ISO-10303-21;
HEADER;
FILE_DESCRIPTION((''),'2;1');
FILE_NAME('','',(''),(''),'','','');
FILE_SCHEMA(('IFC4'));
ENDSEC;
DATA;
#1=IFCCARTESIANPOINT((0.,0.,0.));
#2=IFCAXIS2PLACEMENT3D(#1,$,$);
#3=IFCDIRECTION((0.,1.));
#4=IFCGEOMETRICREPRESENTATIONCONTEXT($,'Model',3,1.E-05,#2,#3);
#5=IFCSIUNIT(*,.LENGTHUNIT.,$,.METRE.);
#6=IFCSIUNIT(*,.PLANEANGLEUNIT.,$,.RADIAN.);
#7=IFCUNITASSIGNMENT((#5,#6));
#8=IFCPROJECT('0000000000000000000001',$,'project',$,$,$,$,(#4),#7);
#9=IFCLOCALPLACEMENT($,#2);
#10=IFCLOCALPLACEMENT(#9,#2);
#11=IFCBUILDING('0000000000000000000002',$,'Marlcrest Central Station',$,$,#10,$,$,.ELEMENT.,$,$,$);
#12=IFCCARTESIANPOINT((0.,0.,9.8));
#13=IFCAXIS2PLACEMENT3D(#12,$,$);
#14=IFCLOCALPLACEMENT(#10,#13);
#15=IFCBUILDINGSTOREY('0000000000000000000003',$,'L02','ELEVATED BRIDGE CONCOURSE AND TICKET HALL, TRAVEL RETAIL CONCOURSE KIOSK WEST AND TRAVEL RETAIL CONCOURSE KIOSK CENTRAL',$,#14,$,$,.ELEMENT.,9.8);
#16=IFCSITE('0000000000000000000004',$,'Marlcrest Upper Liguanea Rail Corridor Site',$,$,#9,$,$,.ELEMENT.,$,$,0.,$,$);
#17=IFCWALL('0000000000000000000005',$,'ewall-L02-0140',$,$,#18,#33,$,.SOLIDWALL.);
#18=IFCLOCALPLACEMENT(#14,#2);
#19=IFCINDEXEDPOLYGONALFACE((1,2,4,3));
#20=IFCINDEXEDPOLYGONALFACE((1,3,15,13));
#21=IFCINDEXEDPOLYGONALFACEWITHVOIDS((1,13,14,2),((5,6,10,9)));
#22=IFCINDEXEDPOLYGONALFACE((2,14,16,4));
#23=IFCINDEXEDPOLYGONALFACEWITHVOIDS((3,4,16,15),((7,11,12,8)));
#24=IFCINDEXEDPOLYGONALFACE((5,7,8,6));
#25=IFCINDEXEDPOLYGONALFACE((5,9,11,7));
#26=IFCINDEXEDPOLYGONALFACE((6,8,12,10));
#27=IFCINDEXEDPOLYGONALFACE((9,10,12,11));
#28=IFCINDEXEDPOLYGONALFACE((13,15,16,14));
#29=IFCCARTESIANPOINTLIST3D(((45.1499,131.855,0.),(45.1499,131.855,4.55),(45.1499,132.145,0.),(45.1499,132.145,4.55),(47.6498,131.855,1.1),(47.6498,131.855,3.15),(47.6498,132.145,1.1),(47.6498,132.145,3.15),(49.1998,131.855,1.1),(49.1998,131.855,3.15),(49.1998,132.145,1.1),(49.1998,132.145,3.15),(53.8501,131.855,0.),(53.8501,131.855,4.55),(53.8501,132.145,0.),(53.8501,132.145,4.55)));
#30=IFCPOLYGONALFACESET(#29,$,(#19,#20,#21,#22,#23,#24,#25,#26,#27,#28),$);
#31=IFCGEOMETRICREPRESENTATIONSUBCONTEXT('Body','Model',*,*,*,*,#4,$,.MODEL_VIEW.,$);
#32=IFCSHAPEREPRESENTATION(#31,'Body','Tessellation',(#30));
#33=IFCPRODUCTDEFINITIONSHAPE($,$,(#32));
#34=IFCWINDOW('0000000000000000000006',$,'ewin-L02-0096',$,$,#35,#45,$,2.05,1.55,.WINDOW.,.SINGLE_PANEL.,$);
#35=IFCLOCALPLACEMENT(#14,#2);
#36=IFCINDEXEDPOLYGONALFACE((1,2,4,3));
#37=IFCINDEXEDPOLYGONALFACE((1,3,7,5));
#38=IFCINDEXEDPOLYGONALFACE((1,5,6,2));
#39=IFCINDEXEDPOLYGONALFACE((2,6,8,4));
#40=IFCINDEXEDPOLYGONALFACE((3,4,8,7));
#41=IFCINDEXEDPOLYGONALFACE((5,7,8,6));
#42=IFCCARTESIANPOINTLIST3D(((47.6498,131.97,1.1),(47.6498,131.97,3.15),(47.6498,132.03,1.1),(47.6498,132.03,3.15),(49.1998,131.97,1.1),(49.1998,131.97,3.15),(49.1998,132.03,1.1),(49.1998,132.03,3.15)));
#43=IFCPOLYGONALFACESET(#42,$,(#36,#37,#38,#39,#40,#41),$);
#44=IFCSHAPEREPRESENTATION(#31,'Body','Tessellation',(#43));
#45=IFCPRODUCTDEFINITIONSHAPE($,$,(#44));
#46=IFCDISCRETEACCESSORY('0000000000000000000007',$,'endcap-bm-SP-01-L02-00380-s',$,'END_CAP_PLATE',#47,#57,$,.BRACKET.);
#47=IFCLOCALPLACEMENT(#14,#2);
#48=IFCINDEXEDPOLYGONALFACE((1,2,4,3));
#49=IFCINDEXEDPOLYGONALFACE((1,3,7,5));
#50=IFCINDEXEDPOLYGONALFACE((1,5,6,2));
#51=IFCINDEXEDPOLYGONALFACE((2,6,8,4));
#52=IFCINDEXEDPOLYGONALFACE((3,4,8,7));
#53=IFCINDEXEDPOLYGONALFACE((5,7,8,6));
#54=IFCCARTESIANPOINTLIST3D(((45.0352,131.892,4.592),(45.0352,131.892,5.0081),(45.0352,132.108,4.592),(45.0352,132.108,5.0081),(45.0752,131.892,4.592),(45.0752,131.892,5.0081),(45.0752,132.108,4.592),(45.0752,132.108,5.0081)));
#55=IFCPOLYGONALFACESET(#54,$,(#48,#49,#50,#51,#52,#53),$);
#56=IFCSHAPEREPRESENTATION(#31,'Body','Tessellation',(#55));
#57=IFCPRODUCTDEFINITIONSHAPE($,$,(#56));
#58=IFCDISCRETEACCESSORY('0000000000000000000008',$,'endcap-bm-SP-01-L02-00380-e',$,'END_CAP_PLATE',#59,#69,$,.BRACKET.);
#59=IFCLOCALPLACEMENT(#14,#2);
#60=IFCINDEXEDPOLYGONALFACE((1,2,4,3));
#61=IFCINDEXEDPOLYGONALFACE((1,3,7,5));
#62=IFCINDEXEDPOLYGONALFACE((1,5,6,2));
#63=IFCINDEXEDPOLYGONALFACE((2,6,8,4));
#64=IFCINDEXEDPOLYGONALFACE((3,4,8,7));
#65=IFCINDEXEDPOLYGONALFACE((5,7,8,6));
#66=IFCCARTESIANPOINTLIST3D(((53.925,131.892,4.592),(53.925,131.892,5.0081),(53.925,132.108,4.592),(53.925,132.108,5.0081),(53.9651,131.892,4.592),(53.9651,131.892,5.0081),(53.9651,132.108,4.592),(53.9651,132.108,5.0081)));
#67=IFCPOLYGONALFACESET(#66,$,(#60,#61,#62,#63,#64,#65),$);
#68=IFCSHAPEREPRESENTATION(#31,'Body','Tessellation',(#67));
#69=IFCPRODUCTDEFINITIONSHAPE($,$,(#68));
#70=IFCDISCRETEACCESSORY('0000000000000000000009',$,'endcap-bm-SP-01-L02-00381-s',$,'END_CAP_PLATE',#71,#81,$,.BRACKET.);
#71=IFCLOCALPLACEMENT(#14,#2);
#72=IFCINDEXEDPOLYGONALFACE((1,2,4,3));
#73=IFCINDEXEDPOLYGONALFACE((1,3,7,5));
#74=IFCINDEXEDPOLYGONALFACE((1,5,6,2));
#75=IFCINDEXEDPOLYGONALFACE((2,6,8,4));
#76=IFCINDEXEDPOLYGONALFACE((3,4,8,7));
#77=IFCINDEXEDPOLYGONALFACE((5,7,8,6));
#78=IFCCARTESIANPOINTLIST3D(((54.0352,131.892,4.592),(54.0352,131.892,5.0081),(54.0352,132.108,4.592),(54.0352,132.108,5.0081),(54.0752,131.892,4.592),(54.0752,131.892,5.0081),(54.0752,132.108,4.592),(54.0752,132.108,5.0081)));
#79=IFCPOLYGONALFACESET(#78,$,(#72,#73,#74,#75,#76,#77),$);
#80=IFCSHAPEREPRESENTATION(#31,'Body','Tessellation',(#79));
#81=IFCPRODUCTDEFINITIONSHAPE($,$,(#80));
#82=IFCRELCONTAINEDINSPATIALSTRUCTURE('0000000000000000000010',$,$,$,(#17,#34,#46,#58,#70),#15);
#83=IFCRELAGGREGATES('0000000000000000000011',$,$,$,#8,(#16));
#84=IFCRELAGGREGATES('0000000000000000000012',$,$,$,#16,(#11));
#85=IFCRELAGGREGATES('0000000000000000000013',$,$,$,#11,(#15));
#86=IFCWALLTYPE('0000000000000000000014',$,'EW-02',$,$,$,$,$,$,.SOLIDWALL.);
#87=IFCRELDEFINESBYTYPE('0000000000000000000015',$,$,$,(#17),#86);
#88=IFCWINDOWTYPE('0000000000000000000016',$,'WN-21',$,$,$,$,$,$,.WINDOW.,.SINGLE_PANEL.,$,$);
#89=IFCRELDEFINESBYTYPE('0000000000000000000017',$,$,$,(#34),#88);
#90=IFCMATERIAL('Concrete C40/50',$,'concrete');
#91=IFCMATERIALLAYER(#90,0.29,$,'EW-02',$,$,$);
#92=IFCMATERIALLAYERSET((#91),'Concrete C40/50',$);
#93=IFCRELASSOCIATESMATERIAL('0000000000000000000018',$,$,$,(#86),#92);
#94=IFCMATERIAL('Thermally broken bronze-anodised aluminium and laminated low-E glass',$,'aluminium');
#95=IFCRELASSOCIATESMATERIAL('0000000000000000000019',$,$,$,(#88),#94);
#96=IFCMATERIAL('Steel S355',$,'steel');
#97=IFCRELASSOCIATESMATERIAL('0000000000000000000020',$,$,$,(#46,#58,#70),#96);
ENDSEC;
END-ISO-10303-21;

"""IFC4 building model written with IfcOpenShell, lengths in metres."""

from ifc_helpers import new_model, si_unit, direction, frame, frame_2d, origin, origin_2d, place, context, subcontext, project, spatial, rectangle, extrude, material, layer, layer_set, type_object, element, fill, save


model = new_model("IFC4")

# Units and contexts
model_context = context("Model", 3, precision=1e-05, world=origin(), true_north=direction((0.0, 1.0)))
body_context = subcontext(model_context, "Body", "Model", "MODEL_VIEW")
ifc_project = project(units=[si_unit("LENGTHUNIT", "METRE"), si_unit("PLANEANGLEUNIT", "RADIAN")], contexts=[model_context])

# Site, building, storey
site_placement = place(None, origin())
site = spatial("IfcSite", under=ifc_project, at=site_placement, Name="Marlcrest Upper Liguanea Rail Corridor Site", CompositionType="ELEMENT", RefElevation=0.0)
building_placement = place(site_placement, origin())
building = spatial("IfcBuilding", under=site, at=building_placement, Name="Marlcrest Central Station", CompositionType="ELEMENT")
storey_placement = place(building_placement, frame((0.0, 0.0, 9.8)))
storey = spatial("IfcBuildingStorey", under=building, at=storey_placement, Name="L02", Description="ELEVATED BRIDGE CONCOURSE AND TICKET HALL, TRAVEL RETAIL CONCOURSE KIOSK WEST AND TRAVEL RETAIL CONCOURSE KIOSK CENTRAL", CompositionType="ELEMENT", Elevation=9.8)

# Shared definitions
ifc_material_1 = material(Name="Steel S355", Category="steel")

# Wall, opening, window
ifc_material_2 = material(Name="Concrete C40/50", Category="concrete")
ifc_layer_1 = layer(ifc_material_2, 0.29, Name="EW-02")
ifc_layer_set_1 = layer_set([ifc_layer_1], Name="Concrete C40/50")
wall_type = type_object("IfcWallType", Name="EW-02", PredefinedType="SOLIDWALL", material=ifc_layer_set_1)
wall_placement = place(storey_placement, frame((45.1499, 132.0, 0.0), z_axis=(0.0, 0.0, 1.0), x_axis=(1.0, 0.0, 0.0)))
wall = element("IfcWall", 1, at=wall_placement, inside=storey, type_object=wall_type, Name="ewall-L02-0140", PredefinedType="SOLIDWALL", context=body_context, shape_type="SweptSolid", body=[
    extrude(rectangle(XDim=8.7002, YDim=0.29, at=frame_2d((4.3501, 0.0))), origin(), (0.0, 0.0, 1.0), 4.55),
])
opening_placement = place(wall_placement, frame((2.5, 0.0, 1.1001)))
opening = element("IfcOpeningElement", 2, at=opening_placement, cuts=wall, PredefinedType="OPENING", context=body_context, shape_type="SweptSolid", body=[
    extrude(rectangle(XDim=1.55, YDim=2.05, at=frame_2d((0.7749, 1.0249))), frame((0.0, 0.155, 0.0), z_axis=(0.0, -1.0, 0.0), x_axis=(1.0, 0.0, 0.0)), (0.0, 0.0, 1.0), 0.3101),
])
ifc_material_3 = material(Name="Thermally broken bronze-anodised aluminium and laminated low-E glass", Category="aluminium")
window_type = type_object("IfcWindowType", Name="WN-21", PartitioningType="SINGLE_PANEL", PredefinedType="WINDOW", material=ifc_material_3)
window_placement = place(opening_placement, origin())
window = element("IfcWindow", 3, at=window_placement, inside=storey, type_object=window_type, Name="ewin-L02-0096", OverallHeight=2.05, OverallWidth=1.55, PartitioningType="SINGLE_PANEL", PredefinedType="WINDOW", context=body_context, shape_type="SweptSolid", body=[
    extrude(rectangle(XDim=1.55, YDim=2.05, at=frame_2d((0.7749, 1.0249))), frame((0.0, 0.03, 0.0), z_axis=(0.0, -1.0, 0.0), x_axis=(1.0, 0.0, 0.0)), (0.0, 0.0, 1.0), 0.0601),
])
fill(opening, window)

# Discrete accessories
for number, where, z_axis, x_axis, name in (
    (4, (45.0352, 132.0, 4.8), (1.0, 0.0, 0.0), (0.0, 1.0, 0.0), "endcap-bm-SP-01-L02-00380-s"),
    (5, (53.925, 132.0, 4.8), (1.0, 0.0, 0.0), (0.0, 1.0, 0.0), "endcap-bm-SP-01-L02-00380-e"),
    (6, (54.0352, 132.0, 4.8), (1.0, 0.0, 0.0), (0.0, 1.0, 0.0), "endcap-bm-SP-01-L02-00381-s"),
):
    element("IfcDiscreteAccessory", number, at=place(storey_placement, frame(where, z_axis=z_axis, x_axis=x_axis)), inside=storey, material=ifc_material_1, Name=name, ObjectType="END_CAP_PLATE", PredefinedType="BRACKET", context=body_context, shape_type="SweptSolid", body=[
        extrude(rectangle(XDim=0.2161, YDim=0.416, at=origin_2d()), origin(), (0.0, 0.0, 1.0), 0.04),
    ])

save(model, "model.ifc")
